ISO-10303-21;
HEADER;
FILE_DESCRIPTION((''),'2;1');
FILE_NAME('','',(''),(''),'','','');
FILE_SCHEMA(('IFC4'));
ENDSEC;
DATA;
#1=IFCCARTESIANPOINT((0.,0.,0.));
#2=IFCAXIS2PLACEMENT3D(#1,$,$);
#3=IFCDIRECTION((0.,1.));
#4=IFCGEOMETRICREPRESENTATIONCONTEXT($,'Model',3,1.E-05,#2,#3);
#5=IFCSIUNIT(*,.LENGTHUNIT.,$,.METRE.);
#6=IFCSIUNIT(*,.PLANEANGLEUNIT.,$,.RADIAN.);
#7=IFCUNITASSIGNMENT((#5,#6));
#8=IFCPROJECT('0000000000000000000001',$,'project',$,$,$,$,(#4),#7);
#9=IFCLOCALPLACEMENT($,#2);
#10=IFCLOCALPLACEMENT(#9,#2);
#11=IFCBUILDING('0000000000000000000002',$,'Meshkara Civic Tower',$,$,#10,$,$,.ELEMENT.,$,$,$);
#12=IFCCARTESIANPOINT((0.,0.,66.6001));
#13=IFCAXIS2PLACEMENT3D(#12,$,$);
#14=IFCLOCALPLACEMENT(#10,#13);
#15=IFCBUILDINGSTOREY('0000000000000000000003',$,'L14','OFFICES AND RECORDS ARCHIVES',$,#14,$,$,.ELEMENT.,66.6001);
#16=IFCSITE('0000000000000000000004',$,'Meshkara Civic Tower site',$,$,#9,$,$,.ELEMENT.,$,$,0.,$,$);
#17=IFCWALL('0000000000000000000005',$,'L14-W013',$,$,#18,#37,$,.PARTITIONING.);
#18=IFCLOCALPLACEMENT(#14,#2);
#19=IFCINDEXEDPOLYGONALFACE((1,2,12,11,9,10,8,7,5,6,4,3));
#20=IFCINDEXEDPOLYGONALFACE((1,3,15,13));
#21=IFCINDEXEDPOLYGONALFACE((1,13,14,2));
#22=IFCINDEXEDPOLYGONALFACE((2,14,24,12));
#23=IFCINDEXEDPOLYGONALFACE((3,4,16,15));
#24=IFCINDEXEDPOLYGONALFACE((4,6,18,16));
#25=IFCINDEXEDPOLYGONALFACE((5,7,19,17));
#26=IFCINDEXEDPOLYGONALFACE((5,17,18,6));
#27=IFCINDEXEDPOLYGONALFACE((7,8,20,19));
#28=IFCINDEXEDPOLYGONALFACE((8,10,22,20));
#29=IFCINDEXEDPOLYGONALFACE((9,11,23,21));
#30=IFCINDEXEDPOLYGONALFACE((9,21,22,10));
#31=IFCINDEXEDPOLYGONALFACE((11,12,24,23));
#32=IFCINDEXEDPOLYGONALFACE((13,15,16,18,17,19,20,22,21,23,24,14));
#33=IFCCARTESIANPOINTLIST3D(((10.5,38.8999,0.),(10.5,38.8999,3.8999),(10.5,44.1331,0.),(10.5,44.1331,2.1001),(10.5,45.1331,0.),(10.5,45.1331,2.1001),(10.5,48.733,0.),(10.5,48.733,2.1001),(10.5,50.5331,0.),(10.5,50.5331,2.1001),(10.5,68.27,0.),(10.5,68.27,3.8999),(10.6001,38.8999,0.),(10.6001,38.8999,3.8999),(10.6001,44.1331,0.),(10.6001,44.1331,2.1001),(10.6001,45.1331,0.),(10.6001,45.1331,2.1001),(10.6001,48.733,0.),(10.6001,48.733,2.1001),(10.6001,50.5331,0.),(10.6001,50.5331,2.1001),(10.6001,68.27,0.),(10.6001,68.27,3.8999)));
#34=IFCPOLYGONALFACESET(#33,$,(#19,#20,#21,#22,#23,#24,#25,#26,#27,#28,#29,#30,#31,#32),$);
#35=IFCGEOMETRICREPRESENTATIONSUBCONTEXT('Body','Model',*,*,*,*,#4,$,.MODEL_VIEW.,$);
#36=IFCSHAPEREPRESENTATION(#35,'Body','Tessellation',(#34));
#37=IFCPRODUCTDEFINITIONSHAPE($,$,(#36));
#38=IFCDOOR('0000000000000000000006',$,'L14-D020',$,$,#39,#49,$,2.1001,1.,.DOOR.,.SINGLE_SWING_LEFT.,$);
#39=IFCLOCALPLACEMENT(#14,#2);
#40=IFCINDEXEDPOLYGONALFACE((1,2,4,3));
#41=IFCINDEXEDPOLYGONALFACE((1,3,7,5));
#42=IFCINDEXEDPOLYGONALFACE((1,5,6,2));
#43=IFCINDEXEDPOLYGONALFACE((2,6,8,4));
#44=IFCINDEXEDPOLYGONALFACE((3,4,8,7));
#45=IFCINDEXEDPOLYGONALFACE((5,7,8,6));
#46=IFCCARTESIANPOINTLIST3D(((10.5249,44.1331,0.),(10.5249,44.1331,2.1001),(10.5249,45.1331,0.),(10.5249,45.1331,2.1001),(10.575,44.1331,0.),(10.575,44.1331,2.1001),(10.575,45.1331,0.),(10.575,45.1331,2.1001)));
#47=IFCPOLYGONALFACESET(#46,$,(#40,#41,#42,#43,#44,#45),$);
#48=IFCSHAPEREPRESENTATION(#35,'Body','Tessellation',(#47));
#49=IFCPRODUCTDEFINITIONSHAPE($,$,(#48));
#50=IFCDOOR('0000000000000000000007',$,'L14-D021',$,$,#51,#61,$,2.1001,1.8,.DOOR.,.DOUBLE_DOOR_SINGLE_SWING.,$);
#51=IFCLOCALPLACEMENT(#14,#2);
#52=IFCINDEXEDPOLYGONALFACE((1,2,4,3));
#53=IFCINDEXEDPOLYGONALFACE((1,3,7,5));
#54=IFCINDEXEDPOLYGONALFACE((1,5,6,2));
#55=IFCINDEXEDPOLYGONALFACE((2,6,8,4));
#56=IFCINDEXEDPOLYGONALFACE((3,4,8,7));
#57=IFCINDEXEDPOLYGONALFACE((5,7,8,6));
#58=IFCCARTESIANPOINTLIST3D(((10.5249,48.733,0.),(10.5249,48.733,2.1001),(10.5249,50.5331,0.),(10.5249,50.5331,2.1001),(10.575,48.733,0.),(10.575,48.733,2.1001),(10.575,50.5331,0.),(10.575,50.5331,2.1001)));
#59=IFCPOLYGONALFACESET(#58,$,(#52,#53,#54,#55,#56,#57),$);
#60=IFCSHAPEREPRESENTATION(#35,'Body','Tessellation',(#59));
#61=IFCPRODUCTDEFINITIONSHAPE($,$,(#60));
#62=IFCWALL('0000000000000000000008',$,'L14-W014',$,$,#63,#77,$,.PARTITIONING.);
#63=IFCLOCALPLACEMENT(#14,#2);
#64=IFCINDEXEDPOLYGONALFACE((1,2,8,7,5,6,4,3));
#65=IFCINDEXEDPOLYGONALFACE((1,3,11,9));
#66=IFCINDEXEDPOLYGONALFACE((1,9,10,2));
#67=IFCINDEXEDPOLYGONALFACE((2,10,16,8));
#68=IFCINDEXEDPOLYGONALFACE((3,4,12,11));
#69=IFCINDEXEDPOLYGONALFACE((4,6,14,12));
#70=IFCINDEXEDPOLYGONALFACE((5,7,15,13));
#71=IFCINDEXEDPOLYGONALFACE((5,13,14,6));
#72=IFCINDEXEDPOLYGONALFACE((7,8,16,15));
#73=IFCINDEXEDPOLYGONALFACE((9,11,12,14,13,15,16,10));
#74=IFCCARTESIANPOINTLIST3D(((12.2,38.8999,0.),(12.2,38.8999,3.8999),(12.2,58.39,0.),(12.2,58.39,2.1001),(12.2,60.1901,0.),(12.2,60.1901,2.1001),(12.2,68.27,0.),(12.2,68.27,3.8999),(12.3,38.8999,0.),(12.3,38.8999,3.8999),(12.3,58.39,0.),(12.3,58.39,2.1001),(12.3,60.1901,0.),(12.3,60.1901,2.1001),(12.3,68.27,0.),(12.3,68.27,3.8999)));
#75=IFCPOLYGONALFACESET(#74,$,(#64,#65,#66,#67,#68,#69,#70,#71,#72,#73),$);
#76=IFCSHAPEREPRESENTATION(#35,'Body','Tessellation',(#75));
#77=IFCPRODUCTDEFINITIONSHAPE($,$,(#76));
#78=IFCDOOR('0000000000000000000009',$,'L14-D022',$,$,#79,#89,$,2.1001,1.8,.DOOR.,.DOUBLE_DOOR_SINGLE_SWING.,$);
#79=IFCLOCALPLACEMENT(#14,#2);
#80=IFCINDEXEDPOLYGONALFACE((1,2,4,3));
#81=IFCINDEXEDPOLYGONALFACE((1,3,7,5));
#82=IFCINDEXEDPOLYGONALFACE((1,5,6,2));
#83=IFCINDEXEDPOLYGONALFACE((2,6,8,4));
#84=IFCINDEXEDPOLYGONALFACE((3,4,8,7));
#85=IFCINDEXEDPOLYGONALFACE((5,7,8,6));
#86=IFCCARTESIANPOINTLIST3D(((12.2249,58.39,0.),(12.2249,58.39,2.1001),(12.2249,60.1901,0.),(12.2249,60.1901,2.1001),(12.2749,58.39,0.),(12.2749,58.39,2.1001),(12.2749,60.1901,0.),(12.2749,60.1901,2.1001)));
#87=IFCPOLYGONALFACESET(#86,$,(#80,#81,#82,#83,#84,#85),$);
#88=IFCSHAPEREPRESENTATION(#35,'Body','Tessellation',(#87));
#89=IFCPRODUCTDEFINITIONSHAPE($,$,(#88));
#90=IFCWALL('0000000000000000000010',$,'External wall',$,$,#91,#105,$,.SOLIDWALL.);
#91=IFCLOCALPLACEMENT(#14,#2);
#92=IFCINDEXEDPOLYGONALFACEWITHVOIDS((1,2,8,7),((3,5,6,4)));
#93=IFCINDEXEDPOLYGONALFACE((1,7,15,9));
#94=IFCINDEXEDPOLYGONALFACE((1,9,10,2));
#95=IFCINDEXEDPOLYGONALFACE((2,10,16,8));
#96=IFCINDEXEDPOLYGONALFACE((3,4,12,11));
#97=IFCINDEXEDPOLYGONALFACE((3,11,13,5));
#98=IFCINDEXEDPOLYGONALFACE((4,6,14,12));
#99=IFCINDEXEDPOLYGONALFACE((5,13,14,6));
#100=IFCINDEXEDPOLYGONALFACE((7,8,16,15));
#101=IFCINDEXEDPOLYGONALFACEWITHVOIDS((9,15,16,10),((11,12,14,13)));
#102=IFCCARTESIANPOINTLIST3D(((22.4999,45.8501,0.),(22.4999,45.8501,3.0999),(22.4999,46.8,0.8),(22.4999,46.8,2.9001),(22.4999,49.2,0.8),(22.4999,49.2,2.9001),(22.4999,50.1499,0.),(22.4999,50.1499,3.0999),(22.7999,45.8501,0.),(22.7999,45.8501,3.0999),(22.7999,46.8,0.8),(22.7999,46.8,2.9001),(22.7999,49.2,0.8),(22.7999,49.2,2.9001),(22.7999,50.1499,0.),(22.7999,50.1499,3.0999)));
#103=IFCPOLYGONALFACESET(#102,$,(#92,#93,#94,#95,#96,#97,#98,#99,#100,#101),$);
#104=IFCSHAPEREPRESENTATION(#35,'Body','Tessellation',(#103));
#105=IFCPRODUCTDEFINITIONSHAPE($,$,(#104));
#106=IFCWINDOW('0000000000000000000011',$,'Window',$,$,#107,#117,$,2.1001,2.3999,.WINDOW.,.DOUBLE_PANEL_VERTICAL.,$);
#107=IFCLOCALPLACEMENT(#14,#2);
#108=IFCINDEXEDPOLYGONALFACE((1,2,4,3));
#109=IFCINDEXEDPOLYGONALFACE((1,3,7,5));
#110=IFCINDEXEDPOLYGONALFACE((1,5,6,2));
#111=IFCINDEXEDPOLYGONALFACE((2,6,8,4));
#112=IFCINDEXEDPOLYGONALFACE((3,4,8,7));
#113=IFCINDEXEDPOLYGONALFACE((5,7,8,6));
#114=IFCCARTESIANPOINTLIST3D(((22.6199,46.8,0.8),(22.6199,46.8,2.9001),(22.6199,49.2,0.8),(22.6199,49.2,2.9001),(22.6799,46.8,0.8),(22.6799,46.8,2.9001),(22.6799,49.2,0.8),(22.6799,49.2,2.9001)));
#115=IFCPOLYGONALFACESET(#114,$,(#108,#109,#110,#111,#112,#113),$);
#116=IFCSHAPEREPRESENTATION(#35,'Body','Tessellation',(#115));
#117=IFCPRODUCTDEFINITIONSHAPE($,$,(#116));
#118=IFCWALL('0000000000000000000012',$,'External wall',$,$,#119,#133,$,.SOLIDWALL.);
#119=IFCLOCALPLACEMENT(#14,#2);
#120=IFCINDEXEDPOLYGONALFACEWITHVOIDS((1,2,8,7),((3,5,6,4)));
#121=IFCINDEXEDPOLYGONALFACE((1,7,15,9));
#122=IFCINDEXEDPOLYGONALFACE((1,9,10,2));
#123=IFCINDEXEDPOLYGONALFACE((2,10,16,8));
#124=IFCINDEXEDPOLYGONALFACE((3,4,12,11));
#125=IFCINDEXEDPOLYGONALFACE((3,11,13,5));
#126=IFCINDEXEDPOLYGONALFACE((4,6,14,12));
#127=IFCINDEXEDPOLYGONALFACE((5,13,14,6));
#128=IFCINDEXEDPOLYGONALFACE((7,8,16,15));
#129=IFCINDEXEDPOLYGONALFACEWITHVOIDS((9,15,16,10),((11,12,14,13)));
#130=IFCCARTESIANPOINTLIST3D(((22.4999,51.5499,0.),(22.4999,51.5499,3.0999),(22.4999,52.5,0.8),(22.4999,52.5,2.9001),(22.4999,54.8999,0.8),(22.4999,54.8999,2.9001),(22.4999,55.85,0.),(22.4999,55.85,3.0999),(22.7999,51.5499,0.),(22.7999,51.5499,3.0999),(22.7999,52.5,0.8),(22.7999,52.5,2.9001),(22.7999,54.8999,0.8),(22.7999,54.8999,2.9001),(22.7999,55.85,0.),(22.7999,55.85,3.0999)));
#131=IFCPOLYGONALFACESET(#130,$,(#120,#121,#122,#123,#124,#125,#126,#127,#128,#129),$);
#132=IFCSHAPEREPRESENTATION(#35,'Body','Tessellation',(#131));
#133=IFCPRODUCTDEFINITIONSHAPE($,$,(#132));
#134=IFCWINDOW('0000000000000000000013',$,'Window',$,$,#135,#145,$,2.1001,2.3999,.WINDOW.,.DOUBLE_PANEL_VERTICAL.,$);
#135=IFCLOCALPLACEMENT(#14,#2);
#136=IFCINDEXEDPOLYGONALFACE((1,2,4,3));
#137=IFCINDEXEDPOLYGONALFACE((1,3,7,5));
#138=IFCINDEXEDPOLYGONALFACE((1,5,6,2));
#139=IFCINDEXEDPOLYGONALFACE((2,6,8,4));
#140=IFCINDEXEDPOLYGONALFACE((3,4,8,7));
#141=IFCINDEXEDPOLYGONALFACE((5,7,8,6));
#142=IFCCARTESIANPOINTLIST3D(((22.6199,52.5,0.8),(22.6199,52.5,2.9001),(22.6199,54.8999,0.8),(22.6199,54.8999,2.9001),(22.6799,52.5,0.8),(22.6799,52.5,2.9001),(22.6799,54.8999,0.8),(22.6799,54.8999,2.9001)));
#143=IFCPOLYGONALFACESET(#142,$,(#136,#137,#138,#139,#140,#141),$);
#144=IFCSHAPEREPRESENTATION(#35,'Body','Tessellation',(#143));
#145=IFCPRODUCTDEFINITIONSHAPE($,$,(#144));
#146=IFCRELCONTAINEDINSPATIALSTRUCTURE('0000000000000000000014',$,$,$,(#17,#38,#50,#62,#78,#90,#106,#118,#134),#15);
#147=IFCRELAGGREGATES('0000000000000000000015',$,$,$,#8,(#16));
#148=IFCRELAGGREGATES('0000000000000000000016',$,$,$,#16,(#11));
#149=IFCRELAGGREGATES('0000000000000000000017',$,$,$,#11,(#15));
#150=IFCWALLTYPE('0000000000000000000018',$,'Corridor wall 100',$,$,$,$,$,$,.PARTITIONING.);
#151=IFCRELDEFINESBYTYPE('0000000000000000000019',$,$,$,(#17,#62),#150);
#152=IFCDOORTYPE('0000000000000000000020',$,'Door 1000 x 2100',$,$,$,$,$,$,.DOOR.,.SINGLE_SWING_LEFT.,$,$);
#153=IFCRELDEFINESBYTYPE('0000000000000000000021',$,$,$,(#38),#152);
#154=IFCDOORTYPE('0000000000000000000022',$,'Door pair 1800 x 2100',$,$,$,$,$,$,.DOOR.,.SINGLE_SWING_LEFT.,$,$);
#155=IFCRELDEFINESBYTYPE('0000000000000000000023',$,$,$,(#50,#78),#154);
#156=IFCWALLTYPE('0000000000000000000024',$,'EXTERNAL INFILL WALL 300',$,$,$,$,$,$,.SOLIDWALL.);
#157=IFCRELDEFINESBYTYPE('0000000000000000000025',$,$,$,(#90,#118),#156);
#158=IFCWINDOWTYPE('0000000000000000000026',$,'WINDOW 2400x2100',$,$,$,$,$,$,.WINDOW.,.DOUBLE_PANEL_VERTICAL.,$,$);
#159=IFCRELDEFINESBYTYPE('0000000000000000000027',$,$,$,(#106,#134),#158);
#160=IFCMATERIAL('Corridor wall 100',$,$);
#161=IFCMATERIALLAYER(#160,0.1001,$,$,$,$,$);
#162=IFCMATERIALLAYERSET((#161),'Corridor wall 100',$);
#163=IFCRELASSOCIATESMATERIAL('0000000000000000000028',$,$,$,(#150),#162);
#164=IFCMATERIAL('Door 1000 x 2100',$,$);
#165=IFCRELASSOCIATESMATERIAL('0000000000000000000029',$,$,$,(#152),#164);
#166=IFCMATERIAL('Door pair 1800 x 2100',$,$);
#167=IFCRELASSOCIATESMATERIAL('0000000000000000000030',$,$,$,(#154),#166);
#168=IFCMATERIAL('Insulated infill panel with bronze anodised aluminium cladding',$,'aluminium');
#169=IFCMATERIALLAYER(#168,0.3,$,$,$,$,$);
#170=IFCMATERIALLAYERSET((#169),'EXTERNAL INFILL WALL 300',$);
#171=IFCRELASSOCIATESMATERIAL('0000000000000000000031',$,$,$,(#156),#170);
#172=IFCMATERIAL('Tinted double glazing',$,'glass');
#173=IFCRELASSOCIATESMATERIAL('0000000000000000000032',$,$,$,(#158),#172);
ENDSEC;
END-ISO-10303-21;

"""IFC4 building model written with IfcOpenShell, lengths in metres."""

from ifc_helpers import new_model, si_unit, direction, frame, frame_2d, origin, place, context, subcontext, project, spatial, rectangle, extrude, material, layer, layer_set, type_object, element, fill, save


model = new_model("IFC4")

# Units and contexts
model_context = context("Model", 3, precision=1e-05, world=origin(), true_north=direction((0.0, 1.0)))
body_context = subcontext(model_context, "Body", "Model", "MODEL_VIEW")
ifc_project = project(units=[si_unit("LENGTHUNIT", "METRE"), si_unit("PLANEANGLEUNIT", "RADIAN")], contexts=[model_context])

# Site, building, storey
site_placement = place(None, origin())
site = spatial("IfcSite", under=ifc_project, at=site_placement, Name="Meshkara Civic Tower site", CompositionType="ELEMENT", RefElevation=0.0)
building_placement = place(site_placement, origin())
building = spatial("IfcBuilding", under=site, at=building_placement, Name="Meshkara Civic Tower", CompositionType="ELEMENT")
storey_placement = place(building_placement, frame((0.0, 0.0, 66.6001)))
storey = spatial("IfcBuildingStorey", under=building, at=storey_placement, Name="L14", Description="OFFICES AND RECORDS ARCHIVES", CompositionType="ELEMENT", Elevation=66.6001)

# Wall, openings, doors
ifc_material_1 = material(Name="Corridor wall 100")
ifc_layer_1 = layer(ifc_material_1, 0.1001)
ifc_layer_set_1 = layer_set([ifc_layer_1], Name="Corridor wall 100")
wall_type_1 = type_object("IfcWallType", Name="Corridor wall 100", PredefinedType="PARTITIONING", material=ifc_layer_set_1)
wall_1_placement = place(storey_placement, frame((10.55, 68.27, 0.0), z_axis=(0.0, 0.0, 1.0), x_axis=(0.0, -1.0, 0.0)))
wall_1 = element("IfcWall", 1, at=wall_1_placement, inside=storey, type_object=wall_type_1, Name="L14-W013", PredefinedType="PARTITIONING", context=body_context, shape_type="SweptSolid", body=[
    extrude(rectangle(XDim=29.3701, YDim=0.1001, at=frame_2d((14.6851, 0.0))), origin(), (0.0, 0.0, 1.0), 3.8999),
])
opening_1_placement = place(wall_1_placement, frame((23.137, 0.0, 0.0)))
opening_1 = element("IfcOpeningElement", 2, at=opening_1_placement, cuts=wall_1, PredefinedType="OPENING", context=body_context, shape_type="SweptSolid", body=[
    extrude(rectangle(XDim=1.0, YDim=2.1001, at=frame_2d((0.5, 1.05))), frame((0.0, 0.0601, 0.0), z_axis=(0.0, -1.0, 0.0), x_axis=(1.0, 0.0, 0.0)), (0.0, 0.0, 1.0), 0.1201),
])
opening_2_placement = place(wall_1_placement, frame((17.7371, 0.0, 0.0)))
opening_2 = element("IfcOpeningElement", 3, at=opening_2_placement, cuts=wall_1, PredefinedType="OPENING", context=body_context, shape_type="SweptSolid", body=[
    extrude(rectangle(XDim=1.8, YDim=2.1001, at=frame_2d((0.8999, 1.05))), frame((0.0, 0.0601, 0.0), z_axis=(0.0, -1.0, 0.0), x_axis=(1.0, 0.0, 0.0)), (0.0, 0.0, 1.0), 0.1201),
])
ifc_material_2 = material(Name="Door 1000 x 2100")
door_type_1 = type_object("IfcDoorType", Name="Door 1000 x 2100", OperationType="SINGLE_SWING_LEFT", PredefinedType="DOOR", material=ifc_material_2)
door_1_placement = place(opening_1_placement, origin())
door_1 = element("IfcDoor", 4, at=door_1_placement, inside=storey, type_object=door_type_1, Name="L14-D020", OperationType="SINGLE_SWING_LEFT", OverallHeight=2.1001, OverallWidth=1.0, PredefinedType="DOOR", context=body_context, shape_type="SweptSolid", body=[
    extrude(rectangle(XDim=1.0, YDim=2.1001, at=frame_2d((0.5, 1.05))), frame((0.0, 0.0249, 0.0), z_axis=(0.0, -1.0, 0.0), x_axis=(1.0, 0.0, 0.0)), (0.0, 0.0, 1.0), 0.05),
])
fill(opening_1, door_1)
ifc_material_3 = material(Name="Door pair 1800 x 2100")
door_type_2 = type_object("IfcDoorType", Name="Door pair 1800 x 2100", OperationType="SINGLE_SWING_LEFT", PredefinedType="DOOR", material=ifc_material_3)
door_2_placement = place(opening_2_placement, origin())
door_2 = element("IfcDoor", 5, at=door_2_placement, inside=storey, type_object=door_type_2, Name="L14-D021", OperationType="DOUBLE_DOOR_SINGLE_SWING", OverallHeight=2.1001, OverallWidth=1.8, PredefinedType="DOOR", context=body_context, shape_type="SweptSolid", body=[
    extrude(rectangle(XDim=1.8, YDim=2.1001, at=frame_2d((0.8999, 1.05))), frame((0.0, 0.0249, 0.0), z_axis=(0.0, -1.0, 0.0), x_axis=(1.0, 0.0, 0.0)), (0.0, 0.0, 1.0), 0.05),
])
fill(opening_2, door_2)

# Wall, opening, door
wall_2_placement = place(storey_placement, frame((12.25, 68.27, 0.0), z_axis=(0.0, 0.0, 1.0), x_axis=(0.0, -1.0, 0.0)))
wall_2 = element("IfcWall", 6, at=wall_2_placement, inside=storey, type_object=wall_type_1, Name="L14-W014", PredefinedType="PARTITIONING", context=body_context, shape_type="SweptSolid", body=[
    extrude(rectangle(XDim=29.3701, YDim=0.1001, at=frame_2d((14.6851, 0.0))), origin(), (0.0, 0.0, 1.0), 3.8999),
])
opening_3_placement = place(wall_2_placement, frame((8.0801, 0.0, 0.0)))
opening_3 = element("IfcOpeningElement", 7, at=opening_3_placement, cuts=wall_2, PredefinedType="OPENING", context=body_context, shape_type="SweptSolid", body=[
    extrude(rectangle(XDim=1.8, YDim=2.1001, at=frame_2d((0.8999, 1.05))), frame((0.0, 0.0601, 0.0), z_axis=(0.0, -1.0, 0.0), x_axis=(1.0, 0.0, 0.0)), (0.0, 0.0, 1.0), 0.1201),
])
door_3_placement = place(opening_3_placement, origin())
door_3 = element("IfcDoor", 8, at=door_3_placement, inside=storey, type_object=door_type_2, Name="L14-D022", OperationType="DOUBLE_DOOR_SINGLE_SWING", OverallHeight=2.1001, OverallWidth=1.8, PredefinedType="DOOR", context=body_context, shape_type="SweptSolid", body=[
    extrude(rectangle(XDim=1.8, YDim=2.1001, at=frame_2d((0.8999, 1.05))), frame((0.0, 0.0249, 0.0), z_axis=(0.0, -1.0, 0.0), x_axis=(1.0, 0.0, 0.0)), (0.0, 0.0, 1.0), 0.05),
])
fill(opening_3, door_3)

# Walls, openings, windows
ifc_material_4 = material(Name="Insulated infill panel with bronze anodised aluminium cladding", Category="aluminium")
ifc_layer_2 = layer(ifc_material_4, 0.3)
ifc_layer_set_2 = layer_set([ifc_layer_2], Name="EXTERNAL INFILL WALL 300")
wall_type_2 = type_object("IfcWallType", Name="EXTERNAL INFILL WALL 300", PredefinedType="SOLIDWALL", material=ifc_layer_set_2)
wall_3_placement = place(storey_placement, frame((22.6499, 45.8501, 0.0), z_axis=(0.0, 0.0, 1.0), x_axis=(0.0, 1.0, 0.0)))
wall_3 = element("IfcWall", 9, at=wall_3_placement, inside=storey, type_object=wall_type_2, Name="External wall", PredefinedType="SOLIDWALL", context=body_context, shape_type="SweptSolid", body=[
    extrude(rectangle(XDim=4.2998, YDim=0.3, at=frame_2d((2.1499, 0.0))), origin(), (0.0, 0.0, 1.0), 3.0999),
])
opening_4_placement = place(wall_3_placement, frame((0.95, 0.0, 0.8)))
opening_4 = element("IfcOpeningElement", 10, at=opening_4_placement, cuts=wall_3, PredefinedType="OPENING", context=body_context, shape_type="SweptSolid", body=[
    extrude(rectangle(XDim=2.3999, YDim=2.1001, at=frame_2d((1.2, 1.05))), frame((0.0, 0.1599, 0.0), z_axis=(0.0, -1.0, 0.0), x_axis=(1.0, 0.0, 0.0)), (0.0, 0.0, 1.0), 0.3201),
])
ifc_material_5 = material(Name="Tinted double glazing", Category="glass")
window_type = type_object("IfcWindowType", Name="WINDOW 2400x2100", PartitioningType="DOUBLE_PANEL_VERTICAL", PredefinedType="WINDOW", material=ifc_material_5)
window_1_placement = place(opening_4_placement, origin())
window_1 = element("IfcWindow", 11, at=window_1_placement, inside=storey, type_object=window_type, Name="Window", OverallHeight=2.1001, OverallWidth=2.3999, PartitioningType="DOUBLE_PANEL_VERTICAL", PredefinedType="WINDOW", context=body_context, shape_type="SweptSolid", body=[
    extrude(rectangle(XDim=2.3999, YDim=2.1001, at=frame_2d((1.2, 1.05))), frame((0.0, 0.03, 0.0), z_axis=(0.0, -1.0, 0.0), x_axis=(1.0, 0.0, 0.0)), (0.0, 0.0, 1.0), 0.0601),
])
fill(opening_4, window_1)
wall_4_placement = place(storey_placement, frame((22.6499, 51.55, 0.0), z_axis=(0.0, 0.0, 1.0), x_axis=(0.0, 1.0, 0.0)))
wall_4 = element("IfcWall", 12, at=wall_4_placement, inside=storey, type_object=wall_type_2, Name="External wall", PredefinedType="SOLIDWALL", context=body_context, shape_type="SweptSolid", body=[
    extrude(rectangle(XDim=4.3, YDim=0.3, at=frame_2d((2.1499, 0.0))), origin(), (0.0, 0.0, 1.0), 3.0999),
])
opening_5_placement = place(wall_4_placement, frame((0.95, 0.0, 0.8)))
opening_5 = element("IfcOpeningElement", 13, at=opening_5_placement, cuts=wall_4, PredefinedType="OPENING", context=body_context, shape_type="SweptSolid", body=[
    extrude(rectangle(XDim=2.3999, YDim=2.1001, at=frame_2d((1.2, 1.05))), frame((0.0, 0.1599, 0.0), z_axis=(0.0, -1.0, 0.0), x_axis=(1.0, 0.0, 0.0)), (0.0, 0.0, 1.0), 0.3201),
])
window_2_placement = place(opening_5_placement, origin())
window_2 = element("IfcWindow", 14, at=window_2_placement, inside=storey, type_object=window_type, Name="Window", OverallHeight=2.1001, OverallWidth=2.3999, PartitioningType="DOUBLE_PANEL_VERTICAL", PredefinedType="WINDOW", context=body_context, shape_type="SweptSolid", body=[
    extrude(rectangle(XDim=2.3999, YDim=2.1001, at=frame_2d((1.2, 1.05))), frame((0.0, 0.03, 0.0), z_axis=(0.0, -1.0, 0.0), x_axis=(1.0, 0.0, 0.0)), (0.0, 0.0, 1.0), 0.0601),
])
fill(opening_5, window_2)

save(model, "model.ifc")
